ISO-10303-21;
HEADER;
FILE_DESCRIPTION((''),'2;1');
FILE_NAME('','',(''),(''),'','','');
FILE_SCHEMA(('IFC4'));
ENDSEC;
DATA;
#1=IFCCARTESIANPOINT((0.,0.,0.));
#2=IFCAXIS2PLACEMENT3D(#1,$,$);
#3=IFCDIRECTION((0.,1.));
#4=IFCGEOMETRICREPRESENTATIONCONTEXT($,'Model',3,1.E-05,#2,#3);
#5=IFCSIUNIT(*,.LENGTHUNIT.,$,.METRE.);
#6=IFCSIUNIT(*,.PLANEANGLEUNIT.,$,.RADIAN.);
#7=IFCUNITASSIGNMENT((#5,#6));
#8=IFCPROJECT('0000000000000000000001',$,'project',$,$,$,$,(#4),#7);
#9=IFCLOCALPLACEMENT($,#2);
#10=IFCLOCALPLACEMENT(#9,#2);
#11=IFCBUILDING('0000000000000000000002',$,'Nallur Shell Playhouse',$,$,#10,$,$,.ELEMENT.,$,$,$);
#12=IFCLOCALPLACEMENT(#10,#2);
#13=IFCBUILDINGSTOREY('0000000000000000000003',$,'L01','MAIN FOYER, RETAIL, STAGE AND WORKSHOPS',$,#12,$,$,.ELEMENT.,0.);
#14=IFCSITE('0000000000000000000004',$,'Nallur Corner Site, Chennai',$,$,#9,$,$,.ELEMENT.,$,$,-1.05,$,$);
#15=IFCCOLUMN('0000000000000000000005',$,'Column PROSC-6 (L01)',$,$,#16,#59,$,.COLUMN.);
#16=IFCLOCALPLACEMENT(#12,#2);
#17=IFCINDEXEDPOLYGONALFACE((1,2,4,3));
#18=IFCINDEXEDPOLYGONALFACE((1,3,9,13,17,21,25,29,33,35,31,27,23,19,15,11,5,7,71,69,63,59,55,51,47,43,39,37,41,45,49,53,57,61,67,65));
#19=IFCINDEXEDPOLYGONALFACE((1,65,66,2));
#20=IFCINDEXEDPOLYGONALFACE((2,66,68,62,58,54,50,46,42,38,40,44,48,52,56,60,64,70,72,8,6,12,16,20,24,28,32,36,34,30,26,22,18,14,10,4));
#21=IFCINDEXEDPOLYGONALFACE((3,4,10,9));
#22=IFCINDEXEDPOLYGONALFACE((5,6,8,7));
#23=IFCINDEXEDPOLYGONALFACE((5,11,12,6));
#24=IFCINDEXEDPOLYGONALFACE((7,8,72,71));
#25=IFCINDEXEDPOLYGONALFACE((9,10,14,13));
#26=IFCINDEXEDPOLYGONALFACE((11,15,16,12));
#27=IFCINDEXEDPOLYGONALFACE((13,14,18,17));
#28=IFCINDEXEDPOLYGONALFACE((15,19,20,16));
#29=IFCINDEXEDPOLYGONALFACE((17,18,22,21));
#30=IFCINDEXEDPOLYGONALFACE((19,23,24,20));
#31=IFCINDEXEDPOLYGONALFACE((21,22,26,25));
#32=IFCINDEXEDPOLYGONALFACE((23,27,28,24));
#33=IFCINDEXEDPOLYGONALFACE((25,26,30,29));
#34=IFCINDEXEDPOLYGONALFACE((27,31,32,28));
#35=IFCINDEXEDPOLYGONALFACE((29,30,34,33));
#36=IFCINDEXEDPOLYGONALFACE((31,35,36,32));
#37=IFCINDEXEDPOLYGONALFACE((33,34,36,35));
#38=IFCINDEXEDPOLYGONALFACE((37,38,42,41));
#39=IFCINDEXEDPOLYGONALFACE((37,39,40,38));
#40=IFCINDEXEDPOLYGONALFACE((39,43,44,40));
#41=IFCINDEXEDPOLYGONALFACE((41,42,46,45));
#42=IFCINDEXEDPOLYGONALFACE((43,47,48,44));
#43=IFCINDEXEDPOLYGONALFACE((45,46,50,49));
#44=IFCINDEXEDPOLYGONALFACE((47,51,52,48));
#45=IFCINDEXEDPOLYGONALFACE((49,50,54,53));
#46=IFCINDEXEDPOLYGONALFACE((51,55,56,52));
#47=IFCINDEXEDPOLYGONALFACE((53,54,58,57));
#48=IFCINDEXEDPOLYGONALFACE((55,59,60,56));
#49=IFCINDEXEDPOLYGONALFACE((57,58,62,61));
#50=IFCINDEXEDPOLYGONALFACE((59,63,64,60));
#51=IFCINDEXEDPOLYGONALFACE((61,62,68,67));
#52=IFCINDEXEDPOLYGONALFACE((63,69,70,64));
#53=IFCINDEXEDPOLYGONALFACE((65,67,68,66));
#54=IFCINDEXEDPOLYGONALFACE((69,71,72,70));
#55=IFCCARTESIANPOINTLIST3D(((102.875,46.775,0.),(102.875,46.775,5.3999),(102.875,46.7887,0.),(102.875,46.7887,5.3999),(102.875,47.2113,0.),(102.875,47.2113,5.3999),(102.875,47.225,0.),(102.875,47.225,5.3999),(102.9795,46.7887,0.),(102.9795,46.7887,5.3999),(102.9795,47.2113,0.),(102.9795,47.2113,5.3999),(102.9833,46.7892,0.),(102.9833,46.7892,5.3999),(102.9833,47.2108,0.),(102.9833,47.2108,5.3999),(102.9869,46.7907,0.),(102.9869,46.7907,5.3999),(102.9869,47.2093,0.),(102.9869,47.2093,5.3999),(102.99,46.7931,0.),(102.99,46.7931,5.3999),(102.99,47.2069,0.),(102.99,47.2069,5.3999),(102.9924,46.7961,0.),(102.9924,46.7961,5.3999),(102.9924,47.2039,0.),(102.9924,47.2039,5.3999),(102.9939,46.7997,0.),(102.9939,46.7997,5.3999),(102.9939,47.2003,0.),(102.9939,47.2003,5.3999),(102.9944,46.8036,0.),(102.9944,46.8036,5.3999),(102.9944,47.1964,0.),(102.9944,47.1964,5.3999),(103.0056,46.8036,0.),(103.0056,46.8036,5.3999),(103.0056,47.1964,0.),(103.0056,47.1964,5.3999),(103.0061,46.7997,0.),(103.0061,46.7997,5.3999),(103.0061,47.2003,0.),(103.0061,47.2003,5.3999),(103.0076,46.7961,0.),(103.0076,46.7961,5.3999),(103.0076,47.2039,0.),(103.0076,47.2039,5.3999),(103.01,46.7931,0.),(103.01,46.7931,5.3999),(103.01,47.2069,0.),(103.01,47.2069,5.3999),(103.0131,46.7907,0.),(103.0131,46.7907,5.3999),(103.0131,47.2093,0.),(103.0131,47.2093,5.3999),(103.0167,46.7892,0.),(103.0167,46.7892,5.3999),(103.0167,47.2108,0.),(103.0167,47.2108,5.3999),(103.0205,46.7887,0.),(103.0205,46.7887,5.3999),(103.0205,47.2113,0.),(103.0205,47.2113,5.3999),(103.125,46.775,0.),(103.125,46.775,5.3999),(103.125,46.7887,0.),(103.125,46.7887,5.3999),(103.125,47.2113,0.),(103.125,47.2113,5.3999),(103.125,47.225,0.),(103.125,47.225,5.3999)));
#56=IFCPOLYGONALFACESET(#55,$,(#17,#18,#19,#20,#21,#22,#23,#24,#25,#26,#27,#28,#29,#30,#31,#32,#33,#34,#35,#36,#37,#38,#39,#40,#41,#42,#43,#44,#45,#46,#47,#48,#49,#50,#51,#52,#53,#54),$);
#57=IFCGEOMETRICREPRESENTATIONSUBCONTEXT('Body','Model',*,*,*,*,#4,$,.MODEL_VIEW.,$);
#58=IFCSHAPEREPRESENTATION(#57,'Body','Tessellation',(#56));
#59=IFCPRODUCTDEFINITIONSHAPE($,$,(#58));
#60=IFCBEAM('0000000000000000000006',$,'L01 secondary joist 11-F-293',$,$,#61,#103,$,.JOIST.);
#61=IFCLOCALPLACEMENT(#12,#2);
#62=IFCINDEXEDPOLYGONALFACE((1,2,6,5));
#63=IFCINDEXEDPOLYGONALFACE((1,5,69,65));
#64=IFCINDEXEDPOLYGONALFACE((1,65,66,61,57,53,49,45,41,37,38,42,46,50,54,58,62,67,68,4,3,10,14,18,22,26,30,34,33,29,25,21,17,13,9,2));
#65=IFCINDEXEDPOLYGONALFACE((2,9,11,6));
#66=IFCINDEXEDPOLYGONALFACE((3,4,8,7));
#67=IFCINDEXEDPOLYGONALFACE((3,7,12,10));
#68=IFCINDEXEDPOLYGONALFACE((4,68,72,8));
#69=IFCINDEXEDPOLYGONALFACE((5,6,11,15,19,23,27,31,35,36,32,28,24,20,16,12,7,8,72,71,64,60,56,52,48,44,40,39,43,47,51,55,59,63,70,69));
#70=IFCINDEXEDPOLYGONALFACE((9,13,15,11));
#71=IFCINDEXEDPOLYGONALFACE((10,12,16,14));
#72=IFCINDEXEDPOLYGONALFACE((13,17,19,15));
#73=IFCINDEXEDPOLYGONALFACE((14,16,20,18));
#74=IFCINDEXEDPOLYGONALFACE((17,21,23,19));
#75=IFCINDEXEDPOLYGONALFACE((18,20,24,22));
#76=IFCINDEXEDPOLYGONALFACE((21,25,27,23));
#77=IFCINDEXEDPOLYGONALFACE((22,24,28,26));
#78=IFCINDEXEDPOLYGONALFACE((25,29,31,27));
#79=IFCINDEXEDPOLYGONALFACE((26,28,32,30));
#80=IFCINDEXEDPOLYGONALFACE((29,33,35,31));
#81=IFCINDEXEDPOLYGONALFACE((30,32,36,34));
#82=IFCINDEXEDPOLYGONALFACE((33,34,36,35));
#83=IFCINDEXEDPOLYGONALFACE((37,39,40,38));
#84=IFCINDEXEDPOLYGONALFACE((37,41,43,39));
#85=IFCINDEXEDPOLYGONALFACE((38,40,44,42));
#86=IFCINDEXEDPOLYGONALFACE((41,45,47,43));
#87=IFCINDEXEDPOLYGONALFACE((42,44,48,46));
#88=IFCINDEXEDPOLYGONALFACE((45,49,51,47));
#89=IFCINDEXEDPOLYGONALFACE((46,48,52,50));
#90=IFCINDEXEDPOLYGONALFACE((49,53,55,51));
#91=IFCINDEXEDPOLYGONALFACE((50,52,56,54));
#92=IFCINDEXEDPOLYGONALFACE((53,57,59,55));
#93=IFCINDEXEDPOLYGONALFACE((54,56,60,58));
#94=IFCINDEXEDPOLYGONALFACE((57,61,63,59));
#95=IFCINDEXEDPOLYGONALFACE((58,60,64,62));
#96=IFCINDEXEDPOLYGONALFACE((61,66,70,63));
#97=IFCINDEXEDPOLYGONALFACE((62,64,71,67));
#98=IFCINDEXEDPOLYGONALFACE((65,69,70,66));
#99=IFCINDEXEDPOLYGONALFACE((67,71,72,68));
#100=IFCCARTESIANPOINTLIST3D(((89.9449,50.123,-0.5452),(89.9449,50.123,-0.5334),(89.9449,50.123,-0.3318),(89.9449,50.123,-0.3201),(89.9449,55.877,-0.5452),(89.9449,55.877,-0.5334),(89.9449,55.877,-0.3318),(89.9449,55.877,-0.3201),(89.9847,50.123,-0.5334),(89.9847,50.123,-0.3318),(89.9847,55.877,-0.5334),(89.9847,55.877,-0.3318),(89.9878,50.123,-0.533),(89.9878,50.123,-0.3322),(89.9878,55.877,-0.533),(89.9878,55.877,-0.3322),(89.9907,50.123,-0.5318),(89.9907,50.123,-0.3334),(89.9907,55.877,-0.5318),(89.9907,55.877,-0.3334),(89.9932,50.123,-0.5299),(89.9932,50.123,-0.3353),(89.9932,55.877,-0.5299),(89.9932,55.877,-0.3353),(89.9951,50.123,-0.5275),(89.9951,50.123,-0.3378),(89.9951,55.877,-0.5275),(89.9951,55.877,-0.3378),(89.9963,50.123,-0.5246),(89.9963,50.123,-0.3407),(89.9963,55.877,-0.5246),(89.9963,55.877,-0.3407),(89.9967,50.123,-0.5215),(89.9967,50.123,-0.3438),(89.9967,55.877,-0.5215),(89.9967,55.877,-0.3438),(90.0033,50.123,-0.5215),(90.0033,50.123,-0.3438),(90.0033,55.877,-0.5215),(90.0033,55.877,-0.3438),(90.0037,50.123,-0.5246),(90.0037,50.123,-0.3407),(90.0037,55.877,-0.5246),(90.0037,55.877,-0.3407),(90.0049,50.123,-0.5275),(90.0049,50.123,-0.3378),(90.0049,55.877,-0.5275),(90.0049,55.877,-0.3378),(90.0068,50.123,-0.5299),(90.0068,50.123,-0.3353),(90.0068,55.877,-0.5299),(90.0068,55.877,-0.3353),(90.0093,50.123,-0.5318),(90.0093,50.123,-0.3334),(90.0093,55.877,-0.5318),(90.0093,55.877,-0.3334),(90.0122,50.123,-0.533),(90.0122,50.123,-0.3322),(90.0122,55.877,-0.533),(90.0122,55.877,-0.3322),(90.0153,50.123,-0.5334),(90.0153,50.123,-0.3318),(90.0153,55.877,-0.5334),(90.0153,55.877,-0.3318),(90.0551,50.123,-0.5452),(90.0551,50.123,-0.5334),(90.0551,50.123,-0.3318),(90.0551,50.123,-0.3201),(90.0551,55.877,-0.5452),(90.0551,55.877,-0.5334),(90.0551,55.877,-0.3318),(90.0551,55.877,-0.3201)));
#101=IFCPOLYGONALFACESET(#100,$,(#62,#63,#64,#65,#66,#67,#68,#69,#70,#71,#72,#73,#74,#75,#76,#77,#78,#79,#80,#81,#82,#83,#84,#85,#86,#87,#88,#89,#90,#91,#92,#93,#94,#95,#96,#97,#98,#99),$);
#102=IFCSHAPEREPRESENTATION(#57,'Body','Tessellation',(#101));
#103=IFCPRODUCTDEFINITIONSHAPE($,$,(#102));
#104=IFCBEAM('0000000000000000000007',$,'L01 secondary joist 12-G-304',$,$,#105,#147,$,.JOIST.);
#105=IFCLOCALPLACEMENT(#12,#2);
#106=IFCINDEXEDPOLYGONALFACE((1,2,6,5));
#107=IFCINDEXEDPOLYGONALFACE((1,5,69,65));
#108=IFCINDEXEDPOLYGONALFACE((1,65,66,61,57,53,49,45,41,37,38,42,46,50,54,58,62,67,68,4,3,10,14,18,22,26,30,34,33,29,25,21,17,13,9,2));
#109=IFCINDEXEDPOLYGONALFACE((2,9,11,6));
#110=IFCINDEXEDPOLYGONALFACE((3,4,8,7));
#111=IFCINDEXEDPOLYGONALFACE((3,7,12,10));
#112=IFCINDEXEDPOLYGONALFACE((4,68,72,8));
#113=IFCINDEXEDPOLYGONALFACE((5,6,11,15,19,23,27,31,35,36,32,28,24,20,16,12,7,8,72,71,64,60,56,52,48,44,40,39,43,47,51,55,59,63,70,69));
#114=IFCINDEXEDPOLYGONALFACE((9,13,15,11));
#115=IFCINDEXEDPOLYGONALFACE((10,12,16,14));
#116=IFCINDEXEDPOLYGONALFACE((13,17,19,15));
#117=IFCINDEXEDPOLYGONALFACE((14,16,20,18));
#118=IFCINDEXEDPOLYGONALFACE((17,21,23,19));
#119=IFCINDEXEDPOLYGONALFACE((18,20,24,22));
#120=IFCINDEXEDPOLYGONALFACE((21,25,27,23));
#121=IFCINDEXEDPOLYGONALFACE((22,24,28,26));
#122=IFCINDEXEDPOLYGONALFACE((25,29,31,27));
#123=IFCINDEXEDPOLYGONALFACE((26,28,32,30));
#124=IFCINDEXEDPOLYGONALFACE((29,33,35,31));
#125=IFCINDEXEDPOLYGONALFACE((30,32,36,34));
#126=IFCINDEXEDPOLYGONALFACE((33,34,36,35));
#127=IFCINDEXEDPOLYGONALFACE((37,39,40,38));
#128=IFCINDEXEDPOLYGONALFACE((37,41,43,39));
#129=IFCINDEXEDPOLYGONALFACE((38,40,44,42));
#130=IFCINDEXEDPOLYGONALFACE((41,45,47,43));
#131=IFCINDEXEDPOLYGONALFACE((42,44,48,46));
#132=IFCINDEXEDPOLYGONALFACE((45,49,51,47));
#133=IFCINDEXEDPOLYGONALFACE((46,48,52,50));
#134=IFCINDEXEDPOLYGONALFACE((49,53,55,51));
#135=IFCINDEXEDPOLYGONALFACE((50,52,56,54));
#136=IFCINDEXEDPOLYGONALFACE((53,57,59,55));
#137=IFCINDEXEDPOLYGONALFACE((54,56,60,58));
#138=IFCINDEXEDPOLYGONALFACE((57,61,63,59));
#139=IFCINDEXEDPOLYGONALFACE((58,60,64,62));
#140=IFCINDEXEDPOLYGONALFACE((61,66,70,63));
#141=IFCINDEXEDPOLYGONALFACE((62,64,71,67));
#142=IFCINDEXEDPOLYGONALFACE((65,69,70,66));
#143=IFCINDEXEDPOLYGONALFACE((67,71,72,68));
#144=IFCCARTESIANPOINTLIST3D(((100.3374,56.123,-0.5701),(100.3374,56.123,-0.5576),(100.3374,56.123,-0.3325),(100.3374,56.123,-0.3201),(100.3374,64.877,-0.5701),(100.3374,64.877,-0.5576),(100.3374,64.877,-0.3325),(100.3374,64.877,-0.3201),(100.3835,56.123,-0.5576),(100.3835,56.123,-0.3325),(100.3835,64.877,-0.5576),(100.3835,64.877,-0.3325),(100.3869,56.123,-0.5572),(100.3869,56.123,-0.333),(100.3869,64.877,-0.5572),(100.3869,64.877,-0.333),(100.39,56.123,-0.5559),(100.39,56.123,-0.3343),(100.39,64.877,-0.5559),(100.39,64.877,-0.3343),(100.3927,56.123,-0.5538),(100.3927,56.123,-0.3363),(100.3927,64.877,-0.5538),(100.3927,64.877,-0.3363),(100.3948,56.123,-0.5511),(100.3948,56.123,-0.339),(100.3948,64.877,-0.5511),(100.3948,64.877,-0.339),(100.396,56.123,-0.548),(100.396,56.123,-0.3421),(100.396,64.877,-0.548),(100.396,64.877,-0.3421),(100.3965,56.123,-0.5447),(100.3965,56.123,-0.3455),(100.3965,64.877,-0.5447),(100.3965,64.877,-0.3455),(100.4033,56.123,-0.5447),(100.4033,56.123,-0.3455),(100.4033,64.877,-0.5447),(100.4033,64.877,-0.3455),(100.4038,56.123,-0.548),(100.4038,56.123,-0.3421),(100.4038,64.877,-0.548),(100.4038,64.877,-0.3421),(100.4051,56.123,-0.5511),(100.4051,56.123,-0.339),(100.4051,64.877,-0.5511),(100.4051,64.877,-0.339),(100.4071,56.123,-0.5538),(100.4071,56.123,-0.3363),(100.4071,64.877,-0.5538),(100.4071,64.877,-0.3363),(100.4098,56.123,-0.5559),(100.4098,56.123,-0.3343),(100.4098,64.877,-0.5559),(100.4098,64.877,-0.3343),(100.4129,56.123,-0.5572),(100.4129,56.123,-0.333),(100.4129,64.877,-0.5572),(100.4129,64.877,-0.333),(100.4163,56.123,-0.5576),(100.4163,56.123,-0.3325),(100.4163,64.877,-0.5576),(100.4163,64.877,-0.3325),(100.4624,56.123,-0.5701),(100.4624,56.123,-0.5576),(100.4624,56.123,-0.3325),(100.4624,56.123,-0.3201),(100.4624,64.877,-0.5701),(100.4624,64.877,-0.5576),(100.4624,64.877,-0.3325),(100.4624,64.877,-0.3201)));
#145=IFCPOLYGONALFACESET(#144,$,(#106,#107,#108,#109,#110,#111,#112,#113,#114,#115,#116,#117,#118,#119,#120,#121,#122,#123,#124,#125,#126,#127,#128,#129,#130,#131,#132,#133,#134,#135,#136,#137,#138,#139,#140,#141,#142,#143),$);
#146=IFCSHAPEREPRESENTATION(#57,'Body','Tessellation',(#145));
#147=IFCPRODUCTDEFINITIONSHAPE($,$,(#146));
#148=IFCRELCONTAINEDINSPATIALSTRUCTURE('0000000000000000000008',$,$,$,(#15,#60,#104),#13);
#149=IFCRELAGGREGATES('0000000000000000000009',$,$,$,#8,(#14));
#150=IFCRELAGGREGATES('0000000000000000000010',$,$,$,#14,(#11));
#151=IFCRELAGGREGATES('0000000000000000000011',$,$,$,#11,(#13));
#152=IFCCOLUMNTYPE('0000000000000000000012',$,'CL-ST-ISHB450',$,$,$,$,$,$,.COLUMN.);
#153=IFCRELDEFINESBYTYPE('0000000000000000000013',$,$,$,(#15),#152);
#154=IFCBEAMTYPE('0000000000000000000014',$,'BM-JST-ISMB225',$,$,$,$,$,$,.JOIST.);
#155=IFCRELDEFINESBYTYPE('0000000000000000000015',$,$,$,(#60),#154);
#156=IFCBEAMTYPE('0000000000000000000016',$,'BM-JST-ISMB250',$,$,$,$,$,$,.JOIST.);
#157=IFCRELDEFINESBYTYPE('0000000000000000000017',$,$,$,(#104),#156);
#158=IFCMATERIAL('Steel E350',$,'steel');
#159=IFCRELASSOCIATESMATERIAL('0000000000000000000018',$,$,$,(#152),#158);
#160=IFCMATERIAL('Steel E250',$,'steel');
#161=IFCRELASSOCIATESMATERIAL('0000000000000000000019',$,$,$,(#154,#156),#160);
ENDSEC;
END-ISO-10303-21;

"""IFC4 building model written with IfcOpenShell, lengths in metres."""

from ifc_helpers import new_model, si_unit, direction, frame, origin, origin_2d, place, context, subcontext, project, spatial, i_section, extrude, material, material_profile, profile_set, type_object, element, save


model = new_model("IFC4")

# Units and contexts
model_context = context("Model", 3, precision=1e-05, world=origin(), true_north=direction((0.0, 1.0)))
body_context = subcontext(model_context, "Body", "Model", "MODEL_VIEW")
ifc_project = project(units=[si_unit("LENGTHUNIT", "METRE"), si_unit("PLANEANGLEUNIT", "RADIAN")], contexts=[model_context])

# Site, building, storey
site_placement = place(None, origin())
site = spatial("IfcSite", under=ifc_project, at=site_placement, Name="Nallur Corner Site, Chennai", CompositionType="ELEMENT", RefElevation=-1.05)
building_placement = place(site_placement, origin())
building = spatial("IfcBuilding", under=site, at=building_placement, Name="Nallur Shell Playhouse", CompositionType="ELEMENT")
storey_placement = place(building_placement, origin())
storey = spatial("IfcBuildingStorey", under=building, at=storey_placement, Name="L01", Description="MAIN FOYER, RETAIL, STAGE AND WORKSHOPS", CompositionType="ELEMENT", Elevation=0.0)

# Column
ifc_material_1 = material(Name="Steel E350", Category="steel")
ifc_material_profile_1 = material_profile(ifc_material_1, i_section(OverallWidth=0.25, OverallDepth=0.45, WebThickness=0.0112, FlangeThickness=0.0137, FilletRadius=0.0149, at=origin_2d()), Name="ISHB 450")
ifc_profile_set_1 = profile_set([ifc_material_profile_1], Name="Steel E350")
column_type_1 = type_object("IfcColumnType", Name="CL-ST-ISHB450", PredefinedType="COLUMN", material=ifc_profile_set_1)
for number, where, z_axis, x_axis, name in (
    (1, (103.0, 47.0, 0.0), (0.0, 0.0, 1.0), (1.0, 0.0, 0.0), "Column PROSC-6 (L01)"),
):
    element("IfcColumn", number, at=place(storey_placement, frame(where, z_axis=z_axis, x_axis=x_axis)), inside=storey, type_object=column_type_1, Name=name, PredefinedType="COLUMN", context=body_context, shape_type="SweptSolid", body=[
        extrude(i_section(OverallWidth=0.25, OverallDepth=0.45, WebThickness=0.0112, FlangeThickness=0.0137, FilletRadius=0.0149, at=origin_2d()), origin(), (0.0, 0.0, 1.0), 5.3999),
    ])

# Beams
ifc_material_2 = material(Name="Steel E250", Category="steel")
ifc_material_profile_2 = material_profile(ifc_material_2, i_section(OverallWidth=0.1101, OverallDepth=0.2251, WebThickness=0.0066, FlangeThickness=0.0117, FilletRadius=0.012, at=origin_2d()), Name="ISMB 225")
ifc_profile_set_2 = profile_set([ifc_material_profile_2], Name="Steel E250")
beam_type_1 = type_object("IfcBeamType", Name="BM-JST-ISMB225", PredefinedType="JOIST", material=ifc_profile_set_2)
beam_1_placement = place(storey_placement, frame((90.0, 50.123, -0.4326), z_axis=(0.0, 1.0, 0.0), x_axis=(-1.0, 0.0, 0.0)))
element("IfcBeam", 2, at=beam_1_placement, inside=storey, type_object=beam_type_1, Name="L01 secondary joist 11-F-293", PredefinedType="JOIST", context=body_context, shape_type="SweptSolid", body=[
    extrude(i_section(OverallWidth=0.1101, OverallDepth=0.2251, WebThickness=0.0066, FlangeThickness=0.0117, FilletRadius=0.012, at=origin_2d()), origin(), (0.0, 0.0, 1.0), 5.7539),
])
ifc_material_profile_3 = material_profile(ifc_material_2, i_section(OverallWidth=0.125, OverallDepth=0.25, WebThickness=0.0068, FlangeThickness=0.0125, FilletRadius=0.0129, at=origin_2d()), Name="ISMB 250")
ifc_profile_set_3 = profile_set([ifc_material_profile_3], Name="Steel E250")
beam_type_2 = type_object("IfcBeamType", Name="BM-JST-ISMB250", PredefinedType="JOIST", material=ifc_profile_set_3)
beam_2_placement = place(storey_placement, frame((100.3999, 56.123, -0.4451), z_axis=(0.0, 1.0, 0.0), x_axis=(-1.0, 0.0, 0.0)))
element("IfcBeam", 3, at=beam_2_placement, inside=storey, type_object=beam_type_2, Name="L01 secondary joist 12-G-304", PredefinedType="JOIST", context=body_context, shape_type="SweptSolid", body=[
    extrude(i_section(OverallWidth=0.125, OverallDepth=0.25, WebThickness=0.0068, FlangeThickness=0.0125, FilletRadius=0.0129, at=origin_2d()), origin(), (0.0, 0.0, 1.0), 8.7539),
])

save(model, "model.ifc")
